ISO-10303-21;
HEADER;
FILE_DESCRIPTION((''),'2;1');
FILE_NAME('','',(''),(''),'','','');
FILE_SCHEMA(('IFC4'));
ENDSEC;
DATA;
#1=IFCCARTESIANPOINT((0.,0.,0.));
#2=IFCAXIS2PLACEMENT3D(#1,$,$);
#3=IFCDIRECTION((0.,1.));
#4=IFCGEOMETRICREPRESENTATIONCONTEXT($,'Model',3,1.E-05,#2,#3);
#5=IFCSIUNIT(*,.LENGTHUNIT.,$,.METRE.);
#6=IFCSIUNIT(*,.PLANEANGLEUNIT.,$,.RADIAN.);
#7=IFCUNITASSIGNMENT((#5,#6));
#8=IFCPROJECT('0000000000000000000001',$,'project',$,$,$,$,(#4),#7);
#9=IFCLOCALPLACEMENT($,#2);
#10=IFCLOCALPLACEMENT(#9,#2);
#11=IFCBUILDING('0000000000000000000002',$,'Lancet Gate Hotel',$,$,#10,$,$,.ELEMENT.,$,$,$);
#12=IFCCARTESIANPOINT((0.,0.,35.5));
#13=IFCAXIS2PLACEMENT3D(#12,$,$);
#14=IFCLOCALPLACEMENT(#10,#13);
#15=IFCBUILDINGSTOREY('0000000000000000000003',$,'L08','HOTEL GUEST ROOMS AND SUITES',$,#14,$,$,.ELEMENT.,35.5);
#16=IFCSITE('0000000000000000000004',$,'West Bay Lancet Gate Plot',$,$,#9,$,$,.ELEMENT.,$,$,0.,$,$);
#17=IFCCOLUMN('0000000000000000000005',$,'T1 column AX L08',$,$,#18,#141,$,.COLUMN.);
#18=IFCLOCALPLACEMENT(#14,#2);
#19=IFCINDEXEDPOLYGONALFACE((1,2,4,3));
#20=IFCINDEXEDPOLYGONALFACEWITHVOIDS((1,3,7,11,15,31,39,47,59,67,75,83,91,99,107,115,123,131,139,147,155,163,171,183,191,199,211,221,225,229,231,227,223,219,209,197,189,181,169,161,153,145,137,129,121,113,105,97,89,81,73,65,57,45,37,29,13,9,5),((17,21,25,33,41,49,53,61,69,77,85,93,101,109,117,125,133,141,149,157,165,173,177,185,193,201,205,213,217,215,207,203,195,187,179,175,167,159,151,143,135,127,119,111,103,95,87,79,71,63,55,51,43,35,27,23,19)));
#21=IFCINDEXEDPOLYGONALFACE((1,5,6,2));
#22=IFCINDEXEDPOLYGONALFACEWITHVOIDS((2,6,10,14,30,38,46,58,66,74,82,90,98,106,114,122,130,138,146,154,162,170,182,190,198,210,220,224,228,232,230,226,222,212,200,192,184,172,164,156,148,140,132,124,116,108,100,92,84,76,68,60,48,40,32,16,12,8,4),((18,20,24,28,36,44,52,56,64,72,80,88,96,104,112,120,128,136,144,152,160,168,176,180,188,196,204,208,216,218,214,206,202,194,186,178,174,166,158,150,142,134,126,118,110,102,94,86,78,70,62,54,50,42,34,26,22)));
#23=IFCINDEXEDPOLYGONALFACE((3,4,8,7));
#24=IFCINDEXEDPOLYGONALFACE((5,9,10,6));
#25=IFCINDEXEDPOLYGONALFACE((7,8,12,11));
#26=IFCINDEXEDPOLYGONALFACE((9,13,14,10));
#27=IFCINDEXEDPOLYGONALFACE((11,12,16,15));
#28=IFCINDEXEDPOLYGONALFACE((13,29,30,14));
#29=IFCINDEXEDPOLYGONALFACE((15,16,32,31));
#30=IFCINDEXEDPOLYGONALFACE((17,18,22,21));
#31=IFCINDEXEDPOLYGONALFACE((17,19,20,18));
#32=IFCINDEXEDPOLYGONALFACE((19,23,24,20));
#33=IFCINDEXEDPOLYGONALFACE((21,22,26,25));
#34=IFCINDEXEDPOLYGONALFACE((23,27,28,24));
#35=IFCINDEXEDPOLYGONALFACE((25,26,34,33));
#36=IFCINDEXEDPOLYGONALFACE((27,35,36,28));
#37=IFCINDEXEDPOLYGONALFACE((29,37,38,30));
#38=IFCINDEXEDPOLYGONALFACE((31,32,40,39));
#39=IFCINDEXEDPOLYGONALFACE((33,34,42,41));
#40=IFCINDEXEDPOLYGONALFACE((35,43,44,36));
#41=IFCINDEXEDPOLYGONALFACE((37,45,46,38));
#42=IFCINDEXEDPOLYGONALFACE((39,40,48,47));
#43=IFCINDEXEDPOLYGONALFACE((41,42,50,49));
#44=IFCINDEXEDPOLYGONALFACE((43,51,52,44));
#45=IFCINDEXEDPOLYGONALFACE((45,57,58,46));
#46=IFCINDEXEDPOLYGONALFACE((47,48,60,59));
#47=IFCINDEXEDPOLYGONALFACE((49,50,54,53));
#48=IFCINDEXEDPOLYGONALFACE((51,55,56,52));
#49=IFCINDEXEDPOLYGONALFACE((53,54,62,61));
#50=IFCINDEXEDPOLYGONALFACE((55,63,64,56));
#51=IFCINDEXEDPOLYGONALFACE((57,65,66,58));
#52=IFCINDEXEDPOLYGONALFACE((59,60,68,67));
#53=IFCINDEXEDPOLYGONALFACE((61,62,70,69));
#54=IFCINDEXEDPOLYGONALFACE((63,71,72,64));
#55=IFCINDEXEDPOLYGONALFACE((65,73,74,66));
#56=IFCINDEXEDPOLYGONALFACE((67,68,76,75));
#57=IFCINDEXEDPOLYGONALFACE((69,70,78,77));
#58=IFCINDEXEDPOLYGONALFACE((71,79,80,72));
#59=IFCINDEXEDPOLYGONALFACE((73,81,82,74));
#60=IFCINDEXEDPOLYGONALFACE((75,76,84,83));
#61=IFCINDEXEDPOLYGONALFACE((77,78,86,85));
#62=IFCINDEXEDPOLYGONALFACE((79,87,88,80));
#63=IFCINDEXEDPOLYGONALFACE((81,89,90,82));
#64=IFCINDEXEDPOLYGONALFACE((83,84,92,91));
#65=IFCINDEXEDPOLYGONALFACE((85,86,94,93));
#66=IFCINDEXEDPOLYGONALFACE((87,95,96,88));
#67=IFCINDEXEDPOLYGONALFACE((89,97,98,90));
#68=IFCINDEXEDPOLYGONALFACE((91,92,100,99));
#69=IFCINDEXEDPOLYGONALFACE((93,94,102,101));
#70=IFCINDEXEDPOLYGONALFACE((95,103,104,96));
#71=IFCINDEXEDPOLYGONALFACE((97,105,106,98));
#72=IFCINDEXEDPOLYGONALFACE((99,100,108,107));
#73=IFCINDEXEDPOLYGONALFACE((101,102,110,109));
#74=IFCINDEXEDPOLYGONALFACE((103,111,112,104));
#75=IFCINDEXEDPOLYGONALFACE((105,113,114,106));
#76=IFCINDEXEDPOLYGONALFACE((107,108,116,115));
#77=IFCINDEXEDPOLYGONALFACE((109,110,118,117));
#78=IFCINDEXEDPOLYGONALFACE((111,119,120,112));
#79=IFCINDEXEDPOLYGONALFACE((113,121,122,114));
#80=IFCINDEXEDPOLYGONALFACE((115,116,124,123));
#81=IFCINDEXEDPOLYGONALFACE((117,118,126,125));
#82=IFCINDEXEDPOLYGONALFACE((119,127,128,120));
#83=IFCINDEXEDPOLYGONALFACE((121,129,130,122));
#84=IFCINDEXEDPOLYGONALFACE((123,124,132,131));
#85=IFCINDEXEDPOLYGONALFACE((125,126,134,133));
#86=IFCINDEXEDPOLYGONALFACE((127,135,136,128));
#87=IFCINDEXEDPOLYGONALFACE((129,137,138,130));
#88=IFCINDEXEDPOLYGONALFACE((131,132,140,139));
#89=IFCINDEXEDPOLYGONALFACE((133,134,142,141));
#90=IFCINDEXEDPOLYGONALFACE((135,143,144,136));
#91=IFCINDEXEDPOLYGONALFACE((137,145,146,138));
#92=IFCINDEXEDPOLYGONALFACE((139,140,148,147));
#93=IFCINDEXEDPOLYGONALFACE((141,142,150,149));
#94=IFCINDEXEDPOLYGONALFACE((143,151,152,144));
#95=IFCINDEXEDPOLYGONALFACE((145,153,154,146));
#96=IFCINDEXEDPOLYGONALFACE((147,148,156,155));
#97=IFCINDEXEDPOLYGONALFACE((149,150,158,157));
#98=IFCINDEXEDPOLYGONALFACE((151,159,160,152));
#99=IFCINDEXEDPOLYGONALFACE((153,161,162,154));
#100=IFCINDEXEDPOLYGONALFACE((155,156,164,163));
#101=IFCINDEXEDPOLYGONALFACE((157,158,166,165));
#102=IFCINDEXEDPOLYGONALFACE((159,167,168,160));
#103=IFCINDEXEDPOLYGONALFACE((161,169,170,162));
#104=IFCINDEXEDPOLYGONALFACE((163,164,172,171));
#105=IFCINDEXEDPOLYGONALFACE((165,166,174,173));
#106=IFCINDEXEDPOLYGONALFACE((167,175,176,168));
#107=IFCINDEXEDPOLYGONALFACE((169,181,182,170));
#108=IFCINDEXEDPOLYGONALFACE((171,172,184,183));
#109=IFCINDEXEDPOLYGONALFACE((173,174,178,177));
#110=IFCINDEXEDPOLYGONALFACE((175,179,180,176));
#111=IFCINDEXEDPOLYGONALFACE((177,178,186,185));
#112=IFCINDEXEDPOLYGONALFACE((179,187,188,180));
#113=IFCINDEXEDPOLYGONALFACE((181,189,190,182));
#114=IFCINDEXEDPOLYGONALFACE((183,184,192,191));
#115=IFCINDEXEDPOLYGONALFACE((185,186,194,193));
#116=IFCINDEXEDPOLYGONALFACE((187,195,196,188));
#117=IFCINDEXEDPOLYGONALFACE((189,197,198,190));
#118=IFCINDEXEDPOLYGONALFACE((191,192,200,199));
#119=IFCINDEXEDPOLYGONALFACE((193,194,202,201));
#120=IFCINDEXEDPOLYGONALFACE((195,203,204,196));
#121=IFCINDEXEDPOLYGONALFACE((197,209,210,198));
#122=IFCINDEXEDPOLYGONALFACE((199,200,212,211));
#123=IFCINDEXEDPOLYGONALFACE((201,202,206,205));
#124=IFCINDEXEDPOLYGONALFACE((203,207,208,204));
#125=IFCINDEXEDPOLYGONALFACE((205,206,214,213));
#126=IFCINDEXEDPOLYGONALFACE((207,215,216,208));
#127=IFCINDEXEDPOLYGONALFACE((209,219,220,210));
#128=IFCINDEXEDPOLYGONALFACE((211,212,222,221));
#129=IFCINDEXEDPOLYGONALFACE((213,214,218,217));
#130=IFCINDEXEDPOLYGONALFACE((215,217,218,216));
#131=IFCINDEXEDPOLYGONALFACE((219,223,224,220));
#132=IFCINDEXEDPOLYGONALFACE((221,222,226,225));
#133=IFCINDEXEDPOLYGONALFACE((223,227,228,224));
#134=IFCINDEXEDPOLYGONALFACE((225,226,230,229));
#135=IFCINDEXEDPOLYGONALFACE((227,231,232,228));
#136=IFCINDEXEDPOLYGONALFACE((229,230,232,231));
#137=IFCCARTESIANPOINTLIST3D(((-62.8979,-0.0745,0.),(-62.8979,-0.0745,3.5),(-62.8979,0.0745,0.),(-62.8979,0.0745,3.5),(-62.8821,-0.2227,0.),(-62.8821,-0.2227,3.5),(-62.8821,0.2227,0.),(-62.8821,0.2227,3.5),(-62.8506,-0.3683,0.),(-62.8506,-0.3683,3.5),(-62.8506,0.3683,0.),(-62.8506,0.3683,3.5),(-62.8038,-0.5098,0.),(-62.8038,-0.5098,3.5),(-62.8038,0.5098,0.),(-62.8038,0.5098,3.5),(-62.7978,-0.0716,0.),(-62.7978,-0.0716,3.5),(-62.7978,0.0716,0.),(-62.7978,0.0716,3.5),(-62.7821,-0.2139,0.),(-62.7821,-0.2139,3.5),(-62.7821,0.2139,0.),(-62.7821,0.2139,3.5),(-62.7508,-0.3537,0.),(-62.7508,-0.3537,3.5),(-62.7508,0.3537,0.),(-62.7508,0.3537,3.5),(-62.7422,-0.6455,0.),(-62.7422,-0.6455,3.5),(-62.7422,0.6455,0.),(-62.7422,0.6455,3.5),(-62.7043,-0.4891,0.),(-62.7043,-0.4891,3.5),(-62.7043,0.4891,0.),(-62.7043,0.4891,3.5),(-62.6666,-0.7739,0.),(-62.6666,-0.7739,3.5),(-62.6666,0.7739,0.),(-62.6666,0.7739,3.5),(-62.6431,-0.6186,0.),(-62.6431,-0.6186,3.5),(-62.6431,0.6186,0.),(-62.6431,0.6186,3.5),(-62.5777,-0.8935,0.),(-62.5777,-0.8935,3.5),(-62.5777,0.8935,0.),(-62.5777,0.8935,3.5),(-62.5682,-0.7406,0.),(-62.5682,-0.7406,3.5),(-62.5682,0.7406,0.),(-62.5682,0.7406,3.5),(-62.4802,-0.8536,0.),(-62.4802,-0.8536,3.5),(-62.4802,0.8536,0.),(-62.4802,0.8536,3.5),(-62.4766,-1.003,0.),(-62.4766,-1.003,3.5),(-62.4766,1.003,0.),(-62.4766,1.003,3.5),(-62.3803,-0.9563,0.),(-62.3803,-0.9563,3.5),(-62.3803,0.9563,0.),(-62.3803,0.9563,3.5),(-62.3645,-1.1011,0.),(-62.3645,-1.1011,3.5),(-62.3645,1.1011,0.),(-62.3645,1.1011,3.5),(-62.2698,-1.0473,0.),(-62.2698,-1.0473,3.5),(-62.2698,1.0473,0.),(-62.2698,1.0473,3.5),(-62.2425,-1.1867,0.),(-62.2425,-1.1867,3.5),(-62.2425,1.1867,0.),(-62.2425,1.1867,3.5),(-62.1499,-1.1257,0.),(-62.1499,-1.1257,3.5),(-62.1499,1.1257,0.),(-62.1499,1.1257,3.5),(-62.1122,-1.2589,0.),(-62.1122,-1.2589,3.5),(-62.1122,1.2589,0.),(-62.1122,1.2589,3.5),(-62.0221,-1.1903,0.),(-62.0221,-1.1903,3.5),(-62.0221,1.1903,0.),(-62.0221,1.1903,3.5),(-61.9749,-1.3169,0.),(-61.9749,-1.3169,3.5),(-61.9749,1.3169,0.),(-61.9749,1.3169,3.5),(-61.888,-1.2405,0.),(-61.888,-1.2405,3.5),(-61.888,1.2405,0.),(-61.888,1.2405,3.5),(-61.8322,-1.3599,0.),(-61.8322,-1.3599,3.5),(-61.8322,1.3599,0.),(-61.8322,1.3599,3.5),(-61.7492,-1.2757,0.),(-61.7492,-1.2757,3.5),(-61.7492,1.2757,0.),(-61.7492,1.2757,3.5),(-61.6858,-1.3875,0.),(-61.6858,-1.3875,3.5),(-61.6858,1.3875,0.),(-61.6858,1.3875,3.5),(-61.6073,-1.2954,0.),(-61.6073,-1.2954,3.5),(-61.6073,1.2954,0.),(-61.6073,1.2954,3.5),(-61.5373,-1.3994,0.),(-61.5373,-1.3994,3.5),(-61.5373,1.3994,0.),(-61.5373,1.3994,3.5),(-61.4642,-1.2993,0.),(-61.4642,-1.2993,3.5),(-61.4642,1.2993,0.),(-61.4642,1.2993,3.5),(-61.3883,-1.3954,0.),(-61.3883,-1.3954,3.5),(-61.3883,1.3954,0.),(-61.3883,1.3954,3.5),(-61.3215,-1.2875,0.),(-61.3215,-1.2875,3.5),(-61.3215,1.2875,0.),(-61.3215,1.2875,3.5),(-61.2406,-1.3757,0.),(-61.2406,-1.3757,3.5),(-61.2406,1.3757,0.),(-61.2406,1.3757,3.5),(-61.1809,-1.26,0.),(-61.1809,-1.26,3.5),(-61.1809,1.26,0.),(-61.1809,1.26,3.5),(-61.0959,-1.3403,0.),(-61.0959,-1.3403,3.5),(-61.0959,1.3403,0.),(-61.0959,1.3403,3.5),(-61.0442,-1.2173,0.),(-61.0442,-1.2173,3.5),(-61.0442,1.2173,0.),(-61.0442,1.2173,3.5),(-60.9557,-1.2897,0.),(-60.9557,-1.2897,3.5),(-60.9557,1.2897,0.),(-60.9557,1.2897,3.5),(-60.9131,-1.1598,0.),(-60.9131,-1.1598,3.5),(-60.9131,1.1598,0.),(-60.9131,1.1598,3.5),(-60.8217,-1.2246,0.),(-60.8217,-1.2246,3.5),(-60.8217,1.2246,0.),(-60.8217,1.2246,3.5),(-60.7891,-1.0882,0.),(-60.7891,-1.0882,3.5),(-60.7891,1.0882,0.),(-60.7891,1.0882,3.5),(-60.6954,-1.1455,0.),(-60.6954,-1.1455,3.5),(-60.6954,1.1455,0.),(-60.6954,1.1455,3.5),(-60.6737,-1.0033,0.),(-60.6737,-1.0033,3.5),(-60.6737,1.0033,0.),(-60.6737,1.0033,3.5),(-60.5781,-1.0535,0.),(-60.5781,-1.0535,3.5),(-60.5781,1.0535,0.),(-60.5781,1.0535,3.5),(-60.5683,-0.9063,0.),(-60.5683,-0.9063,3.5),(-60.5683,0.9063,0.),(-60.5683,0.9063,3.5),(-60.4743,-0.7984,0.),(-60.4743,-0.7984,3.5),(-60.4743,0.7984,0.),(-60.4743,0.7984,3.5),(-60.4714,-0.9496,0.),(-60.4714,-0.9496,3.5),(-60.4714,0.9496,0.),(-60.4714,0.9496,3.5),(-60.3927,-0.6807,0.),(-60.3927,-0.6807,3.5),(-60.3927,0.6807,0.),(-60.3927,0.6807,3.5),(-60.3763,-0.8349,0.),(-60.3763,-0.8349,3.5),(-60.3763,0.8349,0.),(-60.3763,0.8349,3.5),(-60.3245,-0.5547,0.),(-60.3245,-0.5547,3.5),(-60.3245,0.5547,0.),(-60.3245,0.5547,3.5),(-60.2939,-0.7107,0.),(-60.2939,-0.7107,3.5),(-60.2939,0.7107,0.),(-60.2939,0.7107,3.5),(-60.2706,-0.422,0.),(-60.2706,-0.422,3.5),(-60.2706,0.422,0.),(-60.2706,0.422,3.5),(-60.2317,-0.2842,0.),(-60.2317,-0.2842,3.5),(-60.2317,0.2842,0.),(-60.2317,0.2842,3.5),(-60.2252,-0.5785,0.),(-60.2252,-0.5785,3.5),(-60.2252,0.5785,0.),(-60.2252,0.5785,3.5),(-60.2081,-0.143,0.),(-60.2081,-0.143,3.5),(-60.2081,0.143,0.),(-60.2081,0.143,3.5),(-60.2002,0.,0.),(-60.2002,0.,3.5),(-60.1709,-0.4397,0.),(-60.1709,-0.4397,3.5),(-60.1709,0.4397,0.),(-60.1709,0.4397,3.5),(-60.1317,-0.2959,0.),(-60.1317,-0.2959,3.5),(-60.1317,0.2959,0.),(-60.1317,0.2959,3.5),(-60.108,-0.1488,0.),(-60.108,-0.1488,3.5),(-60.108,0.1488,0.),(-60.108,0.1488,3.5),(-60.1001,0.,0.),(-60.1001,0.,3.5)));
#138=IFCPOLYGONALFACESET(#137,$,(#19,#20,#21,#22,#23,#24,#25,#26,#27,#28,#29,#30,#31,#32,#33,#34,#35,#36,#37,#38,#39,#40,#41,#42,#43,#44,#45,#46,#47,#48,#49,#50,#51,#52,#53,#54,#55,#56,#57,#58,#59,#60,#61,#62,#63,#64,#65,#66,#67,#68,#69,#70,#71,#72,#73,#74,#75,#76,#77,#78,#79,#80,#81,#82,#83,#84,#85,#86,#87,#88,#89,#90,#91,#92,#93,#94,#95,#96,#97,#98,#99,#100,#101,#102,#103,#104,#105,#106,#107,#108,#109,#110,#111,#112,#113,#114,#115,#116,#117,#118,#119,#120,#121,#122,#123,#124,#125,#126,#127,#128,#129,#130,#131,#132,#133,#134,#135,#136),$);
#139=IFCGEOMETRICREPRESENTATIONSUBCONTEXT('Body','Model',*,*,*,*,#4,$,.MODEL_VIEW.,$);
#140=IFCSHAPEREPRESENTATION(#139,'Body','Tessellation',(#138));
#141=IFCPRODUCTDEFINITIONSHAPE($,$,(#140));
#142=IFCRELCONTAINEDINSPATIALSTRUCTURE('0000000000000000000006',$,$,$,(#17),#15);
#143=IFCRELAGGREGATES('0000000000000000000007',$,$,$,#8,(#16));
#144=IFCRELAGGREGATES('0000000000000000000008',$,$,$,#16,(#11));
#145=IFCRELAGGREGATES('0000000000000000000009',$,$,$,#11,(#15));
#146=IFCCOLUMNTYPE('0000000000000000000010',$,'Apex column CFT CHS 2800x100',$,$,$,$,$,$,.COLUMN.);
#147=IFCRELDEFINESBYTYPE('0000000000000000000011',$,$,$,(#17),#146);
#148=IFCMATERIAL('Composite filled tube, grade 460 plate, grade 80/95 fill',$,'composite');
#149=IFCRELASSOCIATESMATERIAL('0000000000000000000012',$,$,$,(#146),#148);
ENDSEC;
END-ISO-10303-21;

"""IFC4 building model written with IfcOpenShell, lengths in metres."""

from ifc_helpers import new_model, si_unit, direction, frame, origin, origin_2d, place, context, subcontext, project, spatial, hollow_circle, extrude, material, material_profile, profile_set, type_object, element, save


model = new_model("IFC4")

# Units and contexts
model_context = context("Model", 3, precision=1e-05, world=origin(), true_north=direction((0.0, 1.0)))
body_context = subcontext(model_context, "Body", "Model", "MODEL_VIEW")
ifc_project = project(units=[si_unit("LENGTHUNIT", "METRE"), si_unit("PLANEANGLEUNIT", "RADIAN")], contexts=[model_context])

# Site, building, storey
site_placement = place(None, origin())
site = spatial("IfcSite", under=ifc_project, at=site_placement, Name="West Bay Lancet Gate Plot", CompositionType="ELEMENT", RefElevation=0.0)
building_placement = place(site_placement, origin())
building = spatial("IfcBuilding", under=site, at=building_placement, Name="Lancet Gate Hotel", CompositionType="ELEMENT")
storey_placement = place(building_placement, frame((0.0, 0.0, 35.5)))
storey = spatial("IfcBuildingStorey", under=building, at=storey_placement, Name="L08", Description="HOTEL GUEST ROOMS AND SUITES", CompositionType="ELEMENT", Elevation=35.5)

# Column
ifc_material_1 = material(Name="Composite filled tube, grade 460 plate, grade 80/95 fill", Category="composite")
ifc_material_profile_1 = material_profile(ifc_material_1, hollow_circle(Radius=1.3999, WallThickness=0.1001, at=origin_2d()), Name="CHS 2800x100")
ifc_profile_set_1 = profile_set([ifc_material_profile_1], Name="Composite filled tube, grade 460 plate, grade 80/95 fill")
column_type_1 = type_object("IfcColumnType", Name="Apex column CFT CHS 2800x100", PredefinedType="COLUMN", material=ifc_profile_set_1)
column_1_placement = place(storey_placement, frame((-61.5, 0.0, 0.0), z_axis=(0.0, 0.0, 1.0), x_axis=(1.0, 0.0, 0.0)))
element("IfcColumn", 1, at=column_1_placement, inside=storey, type_object=column_type_1, Name="T1 column AX L08", PredefinedType="COLUMN", context=body_context, shape_type="SweptSolid", body=[
    extrude(hollow_circle(Radius=1.3999, WallThickness=0.1001, at=origin_2d()), origin(), (0.0, 0.0, 1.0), 3.5),
])

save(model, "model.ifc")
